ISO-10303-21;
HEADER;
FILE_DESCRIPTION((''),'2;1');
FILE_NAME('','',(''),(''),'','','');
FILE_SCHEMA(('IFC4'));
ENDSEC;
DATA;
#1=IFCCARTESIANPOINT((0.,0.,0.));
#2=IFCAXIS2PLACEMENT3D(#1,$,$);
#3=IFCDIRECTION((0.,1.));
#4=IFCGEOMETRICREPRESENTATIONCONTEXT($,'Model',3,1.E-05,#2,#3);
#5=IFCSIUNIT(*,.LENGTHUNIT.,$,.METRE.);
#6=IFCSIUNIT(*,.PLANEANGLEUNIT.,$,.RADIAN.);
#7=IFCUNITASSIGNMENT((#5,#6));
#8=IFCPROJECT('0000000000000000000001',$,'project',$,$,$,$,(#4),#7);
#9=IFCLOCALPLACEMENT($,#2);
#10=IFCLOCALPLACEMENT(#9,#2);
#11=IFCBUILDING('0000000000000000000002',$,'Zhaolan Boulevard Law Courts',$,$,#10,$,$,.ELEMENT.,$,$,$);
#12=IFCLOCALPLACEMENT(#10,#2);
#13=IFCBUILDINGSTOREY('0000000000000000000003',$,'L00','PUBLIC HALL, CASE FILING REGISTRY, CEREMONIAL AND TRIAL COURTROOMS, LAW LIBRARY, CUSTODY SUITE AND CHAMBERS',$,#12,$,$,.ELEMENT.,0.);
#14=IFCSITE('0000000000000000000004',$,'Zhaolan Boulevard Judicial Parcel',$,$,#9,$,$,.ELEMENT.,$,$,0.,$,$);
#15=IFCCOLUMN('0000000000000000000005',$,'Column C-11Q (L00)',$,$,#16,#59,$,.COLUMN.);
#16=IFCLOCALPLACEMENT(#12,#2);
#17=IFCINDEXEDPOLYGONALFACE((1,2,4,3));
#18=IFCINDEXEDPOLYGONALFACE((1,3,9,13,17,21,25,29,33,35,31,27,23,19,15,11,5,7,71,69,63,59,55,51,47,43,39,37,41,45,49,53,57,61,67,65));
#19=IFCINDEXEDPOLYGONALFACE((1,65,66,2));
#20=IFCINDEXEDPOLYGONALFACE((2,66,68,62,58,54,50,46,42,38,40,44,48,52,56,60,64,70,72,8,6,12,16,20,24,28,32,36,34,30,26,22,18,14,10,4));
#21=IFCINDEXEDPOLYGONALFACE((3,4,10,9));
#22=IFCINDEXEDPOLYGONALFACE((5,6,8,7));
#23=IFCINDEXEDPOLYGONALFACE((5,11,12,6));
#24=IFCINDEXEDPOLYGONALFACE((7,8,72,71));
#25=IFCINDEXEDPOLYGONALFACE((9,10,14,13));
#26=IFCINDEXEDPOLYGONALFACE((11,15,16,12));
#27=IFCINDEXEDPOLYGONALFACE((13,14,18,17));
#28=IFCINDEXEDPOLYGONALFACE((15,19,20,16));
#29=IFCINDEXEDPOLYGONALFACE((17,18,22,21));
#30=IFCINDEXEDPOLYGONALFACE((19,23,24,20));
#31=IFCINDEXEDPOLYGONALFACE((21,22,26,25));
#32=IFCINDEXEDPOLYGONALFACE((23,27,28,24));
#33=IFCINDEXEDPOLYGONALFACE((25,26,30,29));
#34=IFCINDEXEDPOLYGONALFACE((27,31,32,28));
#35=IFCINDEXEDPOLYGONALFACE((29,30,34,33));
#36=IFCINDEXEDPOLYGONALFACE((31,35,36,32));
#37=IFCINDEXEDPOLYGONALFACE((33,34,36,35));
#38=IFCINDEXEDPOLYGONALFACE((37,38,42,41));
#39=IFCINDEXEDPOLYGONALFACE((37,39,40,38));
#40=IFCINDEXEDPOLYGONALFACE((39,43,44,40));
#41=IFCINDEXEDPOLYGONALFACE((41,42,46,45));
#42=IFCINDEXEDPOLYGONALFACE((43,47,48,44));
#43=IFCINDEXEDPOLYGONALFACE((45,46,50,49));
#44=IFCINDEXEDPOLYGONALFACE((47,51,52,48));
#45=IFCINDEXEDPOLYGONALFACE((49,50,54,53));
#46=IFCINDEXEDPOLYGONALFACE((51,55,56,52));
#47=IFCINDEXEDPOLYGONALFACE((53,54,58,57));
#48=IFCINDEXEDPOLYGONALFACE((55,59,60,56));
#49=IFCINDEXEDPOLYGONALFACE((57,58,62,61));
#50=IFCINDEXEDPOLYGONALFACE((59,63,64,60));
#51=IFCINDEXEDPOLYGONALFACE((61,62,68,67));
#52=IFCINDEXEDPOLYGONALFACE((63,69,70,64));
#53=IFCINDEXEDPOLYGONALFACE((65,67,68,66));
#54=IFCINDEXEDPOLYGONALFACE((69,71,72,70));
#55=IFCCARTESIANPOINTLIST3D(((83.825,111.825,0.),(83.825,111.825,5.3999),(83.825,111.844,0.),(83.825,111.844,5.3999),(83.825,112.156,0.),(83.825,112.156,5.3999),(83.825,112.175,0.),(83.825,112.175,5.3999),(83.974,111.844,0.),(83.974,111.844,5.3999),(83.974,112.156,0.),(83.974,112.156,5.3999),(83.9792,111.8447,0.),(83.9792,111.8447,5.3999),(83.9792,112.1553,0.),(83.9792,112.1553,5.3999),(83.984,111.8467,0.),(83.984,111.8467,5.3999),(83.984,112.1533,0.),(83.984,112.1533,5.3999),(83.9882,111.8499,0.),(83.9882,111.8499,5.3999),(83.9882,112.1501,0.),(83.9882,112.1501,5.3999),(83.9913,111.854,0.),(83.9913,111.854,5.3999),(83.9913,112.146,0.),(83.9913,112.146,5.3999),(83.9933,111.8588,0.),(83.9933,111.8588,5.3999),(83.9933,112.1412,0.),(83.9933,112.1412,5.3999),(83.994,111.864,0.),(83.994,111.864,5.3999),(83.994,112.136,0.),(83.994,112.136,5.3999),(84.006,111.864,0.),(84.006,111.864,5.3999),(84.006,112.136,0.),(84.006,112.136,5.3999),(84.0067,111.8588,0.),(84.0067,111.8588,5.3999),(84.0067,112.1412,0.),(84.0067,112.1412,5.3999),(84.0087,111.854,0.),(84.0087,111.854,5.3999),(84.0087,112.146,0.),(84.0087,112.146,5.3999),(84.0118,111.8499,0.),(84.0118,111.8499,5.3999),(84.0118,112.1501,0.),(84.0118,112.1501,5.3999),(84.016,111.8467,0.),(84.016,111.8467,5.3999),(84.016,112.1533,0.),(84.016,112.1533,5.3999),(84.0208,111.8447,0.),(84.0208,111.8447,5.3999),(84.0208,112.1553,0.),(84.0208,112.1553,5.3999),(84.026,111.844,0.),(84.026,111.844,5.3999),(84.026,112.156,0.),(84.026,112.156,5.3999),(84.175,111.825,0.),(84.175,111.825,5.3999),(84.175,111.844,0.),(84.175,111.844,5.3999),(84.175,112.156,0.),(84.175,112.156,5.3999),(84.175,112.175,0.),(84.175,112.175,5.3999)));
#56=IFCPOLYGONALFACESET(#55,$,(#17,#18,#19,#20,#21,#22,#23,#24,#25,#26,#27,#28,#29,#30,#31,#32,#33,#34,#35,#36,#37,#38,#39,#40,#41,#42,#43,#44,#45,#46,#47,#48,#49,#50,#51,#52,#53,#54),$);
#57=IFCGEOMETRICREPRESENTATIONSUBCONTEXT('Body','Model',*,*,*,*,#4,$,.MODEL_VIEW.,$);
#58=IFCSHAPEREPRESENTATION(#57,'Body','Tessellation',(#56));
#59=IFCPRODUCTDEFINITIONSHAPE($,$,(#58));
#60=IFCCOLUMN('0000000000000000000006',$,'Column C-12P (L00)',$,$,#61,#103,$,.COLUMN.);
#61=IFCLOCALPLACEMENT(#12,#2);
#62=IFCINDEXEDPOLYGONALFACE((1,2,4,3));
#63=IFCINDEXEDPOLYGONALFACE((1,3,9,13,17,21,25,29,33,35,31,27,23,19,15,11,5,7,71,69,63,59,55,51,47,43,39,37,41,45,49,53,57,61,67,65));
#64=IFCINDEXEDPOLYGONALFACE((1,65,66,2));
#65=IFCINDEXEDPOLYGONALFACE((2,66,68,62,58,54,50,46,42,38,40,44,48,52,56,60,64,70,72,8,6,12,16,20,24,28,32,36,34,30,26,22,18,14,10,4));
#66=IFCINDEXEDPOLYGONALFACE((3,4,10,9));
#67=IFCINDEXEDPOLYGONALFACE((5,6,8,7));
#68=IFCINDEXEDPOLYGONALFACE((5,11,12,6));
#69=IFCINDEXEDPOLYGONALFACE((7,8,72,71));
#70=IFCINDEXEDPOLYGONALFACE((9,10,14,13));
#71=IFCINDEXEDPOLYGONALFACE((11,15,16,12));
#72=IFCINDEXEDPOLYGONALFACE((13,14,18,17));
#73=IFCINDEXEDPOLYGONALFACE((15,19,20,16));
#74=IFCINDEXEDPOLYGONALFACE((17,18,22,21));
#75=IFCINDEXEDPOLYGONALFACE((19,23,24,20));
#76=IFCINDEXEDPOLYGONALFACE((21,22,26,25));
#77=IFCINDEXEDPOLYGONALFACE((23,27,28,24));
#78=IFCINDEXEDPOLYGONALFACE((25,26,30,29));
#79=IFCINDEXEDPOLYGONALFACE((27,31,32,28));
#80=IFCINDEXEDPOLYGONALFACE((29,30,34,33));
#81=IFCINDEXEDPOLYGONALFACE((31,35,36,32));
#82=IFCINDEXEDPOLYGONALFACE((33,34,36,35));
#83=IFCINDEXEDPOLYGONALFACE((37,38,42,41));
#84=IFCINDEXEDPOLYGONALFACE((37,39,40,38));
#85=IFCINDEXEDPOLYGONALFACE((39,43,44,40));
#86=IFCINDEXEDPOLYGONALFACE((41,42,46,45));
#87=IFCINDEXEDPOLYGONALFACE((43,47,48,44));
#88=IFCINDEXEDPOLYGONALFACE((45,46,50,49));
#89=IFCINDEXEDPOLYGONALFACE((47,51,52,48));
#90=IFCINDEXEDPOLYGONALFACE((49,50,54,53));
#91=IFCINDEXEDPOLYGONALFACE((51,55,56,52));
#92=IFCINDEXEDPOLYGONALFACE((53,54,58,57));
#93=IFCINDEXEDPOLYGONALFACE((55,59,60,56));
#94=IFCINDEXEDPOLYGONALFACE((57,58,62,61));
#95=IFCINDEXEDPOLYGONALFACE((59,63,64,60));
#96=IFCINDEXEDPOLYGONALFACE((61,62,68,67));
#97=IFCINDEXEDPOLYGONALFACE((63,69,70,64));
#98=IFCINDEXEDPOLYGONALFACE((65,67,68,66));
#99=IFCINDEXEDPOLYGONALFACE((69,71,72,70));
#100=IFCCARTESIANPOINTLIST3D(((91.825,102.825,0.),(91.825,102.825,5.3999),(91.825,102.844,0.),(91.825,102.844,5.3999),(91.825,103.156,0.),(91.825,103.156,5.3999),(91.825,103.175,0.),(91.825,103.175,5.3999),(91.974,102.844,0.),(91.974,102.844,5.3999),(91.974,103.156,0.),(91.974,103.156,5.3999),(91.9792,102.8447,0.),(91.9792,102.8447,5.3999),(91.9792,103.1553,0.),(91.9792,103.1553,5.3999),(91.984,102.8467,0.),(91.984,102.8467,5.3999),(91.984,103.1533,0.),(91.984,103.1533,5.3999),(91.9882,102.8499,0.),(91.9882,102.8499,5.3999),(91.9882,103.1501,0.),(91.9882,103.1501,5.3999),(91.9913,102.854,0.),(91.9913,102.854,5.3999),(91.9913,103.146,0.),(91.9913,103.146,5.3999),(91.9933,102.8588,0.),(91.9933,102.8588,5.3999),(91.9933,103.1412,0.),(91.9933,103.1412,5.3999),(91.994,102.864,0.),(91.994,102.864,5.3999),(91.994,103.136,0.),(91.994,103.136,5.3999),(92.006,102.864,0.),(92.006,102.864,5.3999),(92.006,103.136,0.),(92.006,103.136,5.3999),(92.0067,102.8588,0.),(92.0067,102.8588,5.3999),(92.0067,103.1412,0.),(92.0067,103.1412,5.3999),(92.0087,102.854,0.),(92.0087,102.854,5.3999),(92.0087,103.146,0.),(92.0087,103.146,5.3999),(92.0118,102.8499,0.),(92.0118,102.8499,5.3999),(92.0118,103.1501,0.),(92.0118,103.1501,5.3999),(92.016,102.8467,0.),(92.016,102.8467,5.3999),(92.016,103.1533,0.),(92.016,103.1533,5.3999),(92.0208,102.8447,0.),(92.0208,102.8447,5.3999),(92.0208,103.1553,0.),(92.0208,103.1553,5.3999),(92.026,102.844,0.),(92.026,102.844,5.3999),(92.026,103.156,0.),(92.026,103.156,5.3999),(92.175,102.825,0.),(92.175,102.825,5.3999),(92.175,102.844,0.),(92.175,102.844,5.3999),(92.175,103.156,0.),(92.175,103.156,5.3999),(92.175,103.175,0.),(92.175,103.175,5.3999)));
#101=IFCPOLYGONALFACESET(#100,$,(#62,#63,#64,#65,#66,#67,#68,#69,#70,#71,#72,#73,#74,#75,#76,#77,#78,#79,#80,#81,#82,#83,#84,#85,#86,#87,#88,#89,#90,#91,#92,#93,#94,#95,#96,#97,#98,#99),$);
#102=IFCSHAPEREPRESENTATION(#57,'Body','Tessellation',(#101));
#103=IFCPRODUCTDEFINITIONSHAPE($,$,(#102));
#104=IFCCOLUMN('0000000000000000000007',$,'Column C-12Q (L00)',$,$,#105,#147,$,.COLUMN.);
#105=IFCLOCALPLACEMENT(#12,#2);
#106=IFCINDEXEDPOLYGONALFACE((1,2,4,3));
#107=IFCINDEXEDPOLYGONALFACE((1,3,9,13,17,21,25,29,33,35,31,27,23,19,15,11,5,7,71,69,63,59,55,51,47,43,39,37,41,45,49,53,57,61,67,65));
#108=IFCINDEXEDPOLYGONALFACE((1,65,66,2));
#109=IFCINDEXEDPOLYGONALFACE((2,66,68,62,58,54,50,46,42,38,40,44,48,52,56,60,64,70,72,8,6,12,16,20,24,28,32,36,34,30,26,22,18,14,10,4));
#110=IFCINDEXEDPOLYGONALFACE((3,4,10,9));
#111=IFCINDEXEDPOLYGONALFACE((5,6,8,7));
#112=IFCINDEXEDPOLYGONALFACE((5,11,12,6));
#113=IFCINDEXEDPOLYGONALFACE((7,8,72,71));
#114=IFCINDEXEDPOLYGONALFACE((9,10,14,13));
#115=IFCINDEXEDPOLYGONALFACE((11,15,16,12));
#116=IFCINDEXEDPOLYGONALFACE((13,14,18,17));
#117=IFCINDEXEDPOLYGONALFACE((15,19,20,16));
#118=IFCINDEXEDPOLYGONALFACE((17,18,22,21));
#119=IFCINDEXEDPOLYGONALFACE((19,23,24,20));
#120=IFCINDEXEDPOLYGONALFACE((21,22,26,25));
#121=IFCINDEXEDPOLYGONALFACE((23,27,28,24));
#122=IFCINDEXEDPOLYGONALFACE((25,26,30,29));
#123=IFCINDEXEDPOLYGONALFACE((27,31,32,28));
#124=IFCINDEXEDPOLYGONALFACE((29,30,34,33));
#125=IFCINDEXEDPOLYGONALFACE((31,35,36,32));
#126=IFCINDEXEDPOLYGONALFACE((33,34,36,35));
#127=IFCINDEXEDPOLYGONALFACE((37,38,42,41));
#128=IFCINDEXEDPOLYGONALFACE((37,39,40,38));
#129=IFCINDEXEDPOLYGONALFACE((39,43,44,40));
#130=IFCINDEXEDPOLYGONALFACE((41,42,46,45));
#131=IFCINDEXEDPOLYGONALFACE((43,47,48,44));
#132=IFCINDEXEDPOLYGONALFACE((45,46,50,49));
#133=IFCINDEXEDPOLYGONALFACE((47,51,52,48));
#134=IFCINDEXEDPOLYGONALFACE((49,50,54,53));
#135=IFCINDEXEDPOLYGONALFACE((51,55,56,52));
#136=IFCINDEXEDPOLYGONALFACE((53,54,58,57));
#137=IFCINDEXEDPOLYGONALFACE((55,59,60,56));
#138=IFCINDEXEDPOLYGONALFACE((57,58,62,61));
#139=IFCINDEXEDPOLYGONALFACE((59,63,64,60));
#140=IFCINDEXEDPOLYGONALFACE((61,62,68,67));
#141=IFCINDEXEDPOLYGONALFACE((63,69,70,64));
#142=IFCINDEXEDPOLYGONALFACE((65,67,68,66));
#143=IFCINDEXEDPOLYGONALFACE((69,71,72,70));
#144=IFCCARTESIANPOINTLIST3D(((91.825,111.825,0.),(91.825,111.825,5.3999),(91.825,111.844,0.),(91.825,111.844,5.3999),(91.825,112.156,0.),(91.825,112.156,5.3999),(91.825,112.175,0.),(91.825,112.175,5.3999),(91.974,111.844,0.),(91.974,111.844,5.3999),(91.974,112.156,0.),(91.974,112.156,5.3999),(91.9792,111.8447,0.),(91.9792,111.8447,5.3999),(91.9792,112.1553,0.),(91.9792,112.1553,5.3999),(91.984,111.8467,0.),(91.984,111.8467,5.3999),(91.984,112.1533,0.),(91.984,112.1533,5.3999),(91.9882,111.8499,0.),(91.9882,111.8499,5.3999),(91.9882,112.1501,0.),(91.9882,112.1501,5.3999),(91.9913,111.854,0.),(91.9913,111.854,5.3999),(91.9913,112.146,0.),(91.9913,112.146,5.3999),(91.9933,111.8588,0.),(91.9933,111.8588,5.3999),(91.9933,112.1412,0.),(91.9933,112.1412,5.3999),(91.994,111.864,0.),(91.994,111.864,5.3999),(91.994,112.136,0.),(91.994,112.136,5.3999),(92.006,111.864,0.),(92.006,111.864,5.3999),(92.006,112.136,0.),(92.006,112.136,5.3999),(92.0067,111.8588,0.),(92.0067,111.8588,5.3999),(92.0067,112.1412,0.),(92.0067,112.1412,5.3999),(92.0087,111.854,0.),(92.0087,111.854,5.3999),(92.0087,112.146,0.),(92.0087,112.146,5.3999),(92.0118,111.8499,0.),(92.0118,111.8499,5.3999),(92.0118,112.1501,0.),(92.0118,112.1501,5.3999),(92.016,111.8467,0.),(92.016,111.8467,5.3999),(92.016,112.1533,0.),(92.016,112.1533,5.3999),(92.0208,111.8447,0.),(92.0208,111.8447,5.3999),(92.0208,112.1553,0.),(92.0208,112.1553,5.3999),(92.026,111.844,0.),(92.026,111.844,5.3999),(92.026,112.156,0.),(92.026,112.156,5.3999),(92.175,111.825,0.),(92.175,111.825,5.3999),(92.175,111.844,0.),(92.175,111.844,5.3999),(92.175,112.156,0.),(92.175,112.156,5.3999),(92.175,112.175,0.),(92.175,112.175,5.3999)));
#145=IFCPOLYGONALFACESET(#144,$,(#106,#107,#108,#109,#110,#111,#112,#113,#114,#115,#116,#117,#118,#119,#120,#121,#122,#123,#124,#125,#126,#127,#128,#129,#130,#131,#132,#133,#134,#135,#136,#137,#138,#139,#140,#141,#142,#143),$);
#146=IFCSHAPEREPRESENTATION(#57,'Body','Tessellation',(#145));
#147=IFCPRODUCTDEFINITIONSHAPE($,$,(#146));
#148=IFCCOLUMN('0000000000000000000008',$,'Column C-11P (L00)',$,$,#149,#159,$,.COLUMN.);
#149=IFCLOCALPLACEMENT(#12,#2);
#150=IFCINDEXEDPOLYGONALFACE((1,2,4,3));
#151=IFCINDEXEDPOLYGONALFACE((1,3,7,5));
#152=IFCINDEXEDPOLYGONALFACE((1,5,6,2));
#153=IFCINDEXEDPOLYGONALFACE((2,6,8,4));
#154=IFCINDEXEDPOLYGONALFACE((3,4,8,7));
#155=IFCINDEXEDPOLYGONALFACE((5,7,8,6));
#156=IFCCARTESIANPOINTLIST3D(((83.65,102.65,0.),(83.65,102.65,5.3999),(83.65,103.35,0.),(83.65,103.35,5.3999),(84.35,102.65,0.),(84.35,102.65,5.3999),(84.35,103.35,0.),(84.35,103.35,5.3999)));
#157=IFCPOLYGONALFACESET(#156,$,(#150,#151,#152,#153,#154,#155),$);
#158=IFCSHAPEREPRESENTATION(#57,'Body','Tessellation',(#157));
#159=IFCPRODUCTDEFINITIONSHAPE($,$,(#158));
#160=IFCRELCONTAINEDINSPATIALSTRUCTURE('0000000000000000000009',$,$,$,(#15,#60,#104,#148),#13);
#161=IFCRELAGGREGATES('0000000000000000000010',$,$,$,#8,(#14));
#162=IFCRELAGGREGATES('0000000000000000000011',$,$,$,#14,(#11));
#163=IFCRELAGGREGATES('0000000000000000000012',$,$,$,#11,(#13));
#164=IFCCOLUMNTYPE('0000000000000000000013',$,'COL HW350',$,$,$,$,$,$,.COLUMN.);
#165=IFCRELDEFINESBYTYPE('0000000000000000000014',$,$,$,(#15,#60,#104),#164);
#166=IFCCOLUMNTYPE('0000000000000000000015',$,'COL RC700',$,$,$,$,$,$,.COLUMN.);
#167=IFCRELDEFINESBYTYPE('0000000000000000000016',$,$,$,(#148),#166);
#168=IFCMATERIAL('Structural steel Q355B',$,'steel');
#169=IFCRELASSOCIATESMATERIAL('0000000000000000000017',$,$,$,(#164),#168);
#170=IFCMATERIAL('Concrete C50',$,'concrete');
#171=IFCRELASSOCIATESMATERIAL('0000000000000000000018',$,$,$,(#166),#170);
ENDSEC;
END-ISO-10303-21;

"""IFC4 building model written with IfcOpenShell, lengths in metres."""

from ifc_helpers import new_model, si_unit, direction, frame, origin, origin_2d, place, context, subcontext, project, spatial, rectangle, i_section, extrude, material, material_profile, profile_set, type_object, element, save


model = new_model("IFC4")

# Units and contexts
model_context = context("Model", 3, precision=1e-05, world=origin(), true_north=direction((0.0, 1.0)))
body_context = subcontext(model_context, "Body", "Model", "MODEL_VIEW")
ifc_project = project(units=[si_unit("LENGTHUNIT", "METRE"), si_unit("PLANEANGLEUNIT", "RADIAN")], contexts=[model_context])

# Site, building, storey
site_placement = place(None, origin())
site = spatial("IfcSite", under=ifc_project, at=site_placement, Name="Zhaolan Boulevard Judicial Parcel", CompositionType="ELEMENT", RefElevation=0.0)
building_placement = place(site_placement, origin())
building = spatial("IfcBuilding", under=site, at=building_placement, Name="Zhaolan Boulevard Law Courts", CompositionType="ELEMENT")
storey_placement = place(building_placement, origin())
storey = spatial("IfcBuildingStorey", under=building, at=storey_placement, Name="L00", Description="PUBLIC HALL, CASE FILING REGISTRY, CEREMONIAL AND TRIAL COURTROOMS, LAW LIBRARY, CUSTODY SUITE AND CHAMBERS", CompositionType="ELEMENT", Elevation=0.0)

# Columns
ifc_material_1 = material(Name="Structural steel Q355B", Category="steel")
ifc_material_profile_1 = material_profile(ifc_material_1, i_section(OverallWidth=0.3501, OverallDepth=0.3501, WebThickness=0.012, FlangeThickness=0.019, FilletRadius=0.02, at=origin_2d()), Name="HW350x350")
ifc_profile_set_1 = profile_set([ifc_material_profile_1], Name="Structural steel Q355B")
column_type_1 = type_object("IfcColumnType", Name="COL HW350", PredefinedType="COLUMN", material=ifc_profile_set_1)
for number, where, z_axis, x_axis, name in (
    (1, (84.0, 112.0, 0.0), (0.0, 0.0, 1.0), (1.0, 0.0, 0.0), "Column C-11Q (L00)"),
    (2, (92.0, 103.0, 0.0), (0.0, 0.0, 1.0), (1.0, 0.0, 0.0), "Column C-12P (L00)"),
    (3, (92.0, 112.0, 0.0), (0.0, 0.0, 1.0), (1.0, 0.0, 0.0), "Column C-12Q (L00)"),
):
    element("IfcColumn", number, at=place(storey_placement, frame(where, z_axis=z_axis, x_axis=x_axis)), inside=storey, type_object=column_type_1, Name=name, PredefinedType="COLUMN", context=body_context, shape_type="SweptSolid", body=[
        extrude(i_section(OverallWidth=0.3501, OverallDepth=0.3501, WebThickness=0.012, FlangeThickness=0.019, FilletRadius=0.02, at=origin_2d()), origin(), (0.0, 0.0, 1.0), 5.3999),
    ])
ifc_material_2 = material(Name="Concrete C50", Category="concrete")
ifc_material_profile_2 = material_profile(ifc_material_2, rectangle(XDim=0.7, YDim=0.7, at=origin_2d()), Name="RC700x700")
ifc_profile_set_2 = profile_set([ifc_material_profile_2], Name="Concrete C50")
column_type_2 = type_object("IfcColumnType", Name="COL RC700", PredefinedType="COLUMN", material=ifc_profile_set_2)
column_placement = place(storey_placement, frame((84.0, 103.0, 0.0), z_axis=(0.0, 0.0, 1.0), x_axis=(1.0, 0.0, 0.0)))
element("IfcColumn", 4, at=column_placement, inside=storey, type_object=column_type_2, Name="Column C-11P (L00)", PredefinedType="COLUMN", context=body_context, shape_type="SweptSolid", body=[
    extrude(rectangle(XDim=0.7, YDim=0.7, at=origin_2d()), origin(), (0.0, 0.0, 1.0), 5.3999),
])

save(model, "model.ifc")
